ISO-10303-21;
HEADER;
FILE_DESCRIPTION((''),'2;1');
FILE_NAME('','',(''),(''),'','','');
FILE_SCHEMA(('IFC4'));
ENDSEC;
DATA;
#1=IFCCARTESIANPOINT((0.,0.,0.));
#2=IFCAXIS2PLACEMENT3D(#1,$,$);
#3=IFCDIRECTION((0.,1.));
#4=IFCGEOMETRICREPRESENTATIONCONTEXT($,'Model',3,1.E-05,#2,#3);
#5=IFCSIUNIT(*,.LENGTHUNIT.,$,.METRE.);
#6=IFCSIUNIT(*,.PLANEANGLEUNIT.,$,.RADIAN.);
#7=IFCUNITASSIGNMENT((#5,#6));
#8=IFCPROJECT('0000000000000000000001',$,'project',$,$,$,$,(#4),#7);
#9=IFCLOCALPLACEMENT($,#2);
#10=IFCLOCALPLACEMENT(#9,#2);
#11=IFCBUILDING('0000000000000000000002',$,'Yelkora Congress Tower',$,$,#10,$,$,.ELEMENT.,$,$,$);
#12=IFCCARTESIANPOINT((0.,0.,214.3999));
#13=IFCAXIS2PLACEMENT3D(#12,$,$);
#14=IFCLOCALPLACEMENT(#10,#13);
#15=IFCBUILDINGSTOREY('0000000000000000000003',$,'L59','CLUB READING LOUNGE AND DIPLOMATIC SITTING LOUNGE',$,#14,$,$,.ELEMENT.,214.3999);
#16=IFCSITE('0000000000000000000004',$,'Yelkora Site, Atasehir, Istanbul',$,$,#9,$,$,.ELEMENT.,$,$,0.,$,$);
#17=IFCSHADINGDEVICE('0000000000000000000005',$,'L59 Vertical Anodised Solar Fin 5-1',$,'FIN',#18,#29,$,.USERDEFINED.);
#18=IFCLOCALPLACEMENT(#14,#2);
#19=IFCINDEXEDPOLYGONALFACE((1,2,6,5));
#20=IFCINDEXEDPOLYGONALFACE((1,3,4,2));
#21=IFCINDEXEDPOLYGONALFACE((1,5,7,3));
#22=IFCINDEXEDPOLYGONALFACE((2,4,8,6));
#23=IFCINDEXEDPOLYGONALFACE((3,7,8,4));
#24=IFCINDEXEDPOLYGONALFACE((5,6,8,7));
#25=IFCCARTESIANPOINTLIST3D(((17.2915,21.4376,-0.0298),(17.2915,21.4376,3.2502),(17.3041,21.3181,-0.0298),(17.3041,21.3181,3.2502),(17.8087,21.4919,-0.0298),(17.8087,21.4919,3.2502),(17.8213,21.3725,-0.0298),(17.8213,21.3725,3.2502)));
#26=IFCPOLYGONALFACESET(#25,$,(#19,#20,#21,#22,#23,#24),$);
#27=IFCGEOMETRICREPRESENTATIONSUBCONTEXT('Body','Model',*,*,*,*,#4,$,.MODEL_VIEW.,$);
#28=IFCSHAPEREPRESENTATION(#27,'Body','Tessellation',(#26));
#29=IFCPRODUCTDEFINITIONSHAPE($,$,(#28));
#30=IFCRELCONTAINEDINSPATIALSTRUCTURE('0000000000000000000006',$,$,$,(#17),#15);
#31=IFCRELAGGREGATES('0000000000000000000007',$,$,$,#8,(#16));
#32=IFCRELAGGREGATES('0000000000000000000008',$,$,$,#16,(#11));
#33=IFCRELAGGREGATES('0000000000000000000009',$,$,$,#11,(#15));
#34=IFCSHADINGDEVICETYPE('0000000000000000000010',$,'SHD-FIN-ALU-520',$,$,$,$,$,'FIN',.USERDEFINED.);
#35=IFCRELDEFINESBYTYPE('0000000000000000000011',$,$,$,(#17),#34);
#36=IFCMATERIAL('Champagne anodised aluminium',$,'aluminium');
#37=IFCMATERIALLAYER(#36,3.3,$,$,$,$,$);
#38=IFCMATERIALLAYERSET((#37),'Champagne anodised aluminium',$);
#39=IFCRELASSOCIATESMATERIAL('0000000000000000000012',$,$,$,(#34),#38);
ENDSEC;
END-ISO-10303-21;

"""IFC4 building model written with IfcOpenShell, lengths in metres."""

from ifc_helpers import new_model, si_unit, direction, frame, origin, origin_2d, place, context, subcontext, project, spatial, rectangle, extrude, material, layer, layer_set, type_object, element, save


model = new_model("IFC4")

# Units and contexts
model_context = context("Model", 3, precision=1e-05, world=origin(), true_north=direction((0.0, 1.0)))
body_context = subcontext(model_context, "Body", "Model", "MODEL_VIEW")
ifc_project = project(units=[si_unit("LENGTHUNIT", "METRE"), si_unit("PLANEANGLEUNIT", "RADIAN")], contexts=[model_context])

# Site, building, storey
site_placement = place(None, origin())
site = spatial("IfcSite", under=ifc_project, at=site_placement, Name="Yelkora Site, Atasehir, Istanbul", CompositionType="ELEMENT", RefElevation=0.0)
building_placement = place(site_placement, origin())
building = spatial("IfcBuilding", under=site, at=building_placement, Name="Yelkora Congress Tower", CompositionType="ELEMENT")
storey_placement = place(building_placement, frame((0.0, 0.0, 214.3999)))
storey = spatial("IfcBuildingStorey", under=building, at=storey_placement, Name="L59", Description="CLUB READING LOUNGE AND DIPLOMATIC SITTING LOUNGE", CompositionType="ELEMENT", Elevation=214.3999)

# Shading device
ifc_material_1 = material(Name="Champagne anodised aluminium", Category="aluminium")
ifc_layer_1 = layer(ifc_material_1, 3.3)
ifc_layer_set_1 = layer_set([ifc_layer_1], Name="Champagne anodised aluminium")
shading_device_type = type_object("IfcShadingDeviceType", Name="SHD-FIN-ALU-520", ElementType="FIN", PredefinedType="USERDEFINED", material=ifc_layer_set_1)
shading_device_placement = place(storey_placement, frame((17.5564, 21.405, -0.0298), z_axis=(0.0, 0.0, 1.0), x_axis=(-0.104528, 0.994522, 0.0)))
element("IfcShadingDevice", 1, at=shading_device_placement, inside=storey, type_object=shading_device_type, Name="L59 Vertical Anodised Solar Fin 5-1", ObjectType="FIN", PredefinedType="USERDEFINED", context=body_context, shape_type="SweptSolid", body=[
    extrude(rectangle(XDim=0.1201, YDim=0.52, at=origin_2d()), origin(), (0.0, 0.0, 1.0), 3.28),
])

save(model, "model.ifc")
